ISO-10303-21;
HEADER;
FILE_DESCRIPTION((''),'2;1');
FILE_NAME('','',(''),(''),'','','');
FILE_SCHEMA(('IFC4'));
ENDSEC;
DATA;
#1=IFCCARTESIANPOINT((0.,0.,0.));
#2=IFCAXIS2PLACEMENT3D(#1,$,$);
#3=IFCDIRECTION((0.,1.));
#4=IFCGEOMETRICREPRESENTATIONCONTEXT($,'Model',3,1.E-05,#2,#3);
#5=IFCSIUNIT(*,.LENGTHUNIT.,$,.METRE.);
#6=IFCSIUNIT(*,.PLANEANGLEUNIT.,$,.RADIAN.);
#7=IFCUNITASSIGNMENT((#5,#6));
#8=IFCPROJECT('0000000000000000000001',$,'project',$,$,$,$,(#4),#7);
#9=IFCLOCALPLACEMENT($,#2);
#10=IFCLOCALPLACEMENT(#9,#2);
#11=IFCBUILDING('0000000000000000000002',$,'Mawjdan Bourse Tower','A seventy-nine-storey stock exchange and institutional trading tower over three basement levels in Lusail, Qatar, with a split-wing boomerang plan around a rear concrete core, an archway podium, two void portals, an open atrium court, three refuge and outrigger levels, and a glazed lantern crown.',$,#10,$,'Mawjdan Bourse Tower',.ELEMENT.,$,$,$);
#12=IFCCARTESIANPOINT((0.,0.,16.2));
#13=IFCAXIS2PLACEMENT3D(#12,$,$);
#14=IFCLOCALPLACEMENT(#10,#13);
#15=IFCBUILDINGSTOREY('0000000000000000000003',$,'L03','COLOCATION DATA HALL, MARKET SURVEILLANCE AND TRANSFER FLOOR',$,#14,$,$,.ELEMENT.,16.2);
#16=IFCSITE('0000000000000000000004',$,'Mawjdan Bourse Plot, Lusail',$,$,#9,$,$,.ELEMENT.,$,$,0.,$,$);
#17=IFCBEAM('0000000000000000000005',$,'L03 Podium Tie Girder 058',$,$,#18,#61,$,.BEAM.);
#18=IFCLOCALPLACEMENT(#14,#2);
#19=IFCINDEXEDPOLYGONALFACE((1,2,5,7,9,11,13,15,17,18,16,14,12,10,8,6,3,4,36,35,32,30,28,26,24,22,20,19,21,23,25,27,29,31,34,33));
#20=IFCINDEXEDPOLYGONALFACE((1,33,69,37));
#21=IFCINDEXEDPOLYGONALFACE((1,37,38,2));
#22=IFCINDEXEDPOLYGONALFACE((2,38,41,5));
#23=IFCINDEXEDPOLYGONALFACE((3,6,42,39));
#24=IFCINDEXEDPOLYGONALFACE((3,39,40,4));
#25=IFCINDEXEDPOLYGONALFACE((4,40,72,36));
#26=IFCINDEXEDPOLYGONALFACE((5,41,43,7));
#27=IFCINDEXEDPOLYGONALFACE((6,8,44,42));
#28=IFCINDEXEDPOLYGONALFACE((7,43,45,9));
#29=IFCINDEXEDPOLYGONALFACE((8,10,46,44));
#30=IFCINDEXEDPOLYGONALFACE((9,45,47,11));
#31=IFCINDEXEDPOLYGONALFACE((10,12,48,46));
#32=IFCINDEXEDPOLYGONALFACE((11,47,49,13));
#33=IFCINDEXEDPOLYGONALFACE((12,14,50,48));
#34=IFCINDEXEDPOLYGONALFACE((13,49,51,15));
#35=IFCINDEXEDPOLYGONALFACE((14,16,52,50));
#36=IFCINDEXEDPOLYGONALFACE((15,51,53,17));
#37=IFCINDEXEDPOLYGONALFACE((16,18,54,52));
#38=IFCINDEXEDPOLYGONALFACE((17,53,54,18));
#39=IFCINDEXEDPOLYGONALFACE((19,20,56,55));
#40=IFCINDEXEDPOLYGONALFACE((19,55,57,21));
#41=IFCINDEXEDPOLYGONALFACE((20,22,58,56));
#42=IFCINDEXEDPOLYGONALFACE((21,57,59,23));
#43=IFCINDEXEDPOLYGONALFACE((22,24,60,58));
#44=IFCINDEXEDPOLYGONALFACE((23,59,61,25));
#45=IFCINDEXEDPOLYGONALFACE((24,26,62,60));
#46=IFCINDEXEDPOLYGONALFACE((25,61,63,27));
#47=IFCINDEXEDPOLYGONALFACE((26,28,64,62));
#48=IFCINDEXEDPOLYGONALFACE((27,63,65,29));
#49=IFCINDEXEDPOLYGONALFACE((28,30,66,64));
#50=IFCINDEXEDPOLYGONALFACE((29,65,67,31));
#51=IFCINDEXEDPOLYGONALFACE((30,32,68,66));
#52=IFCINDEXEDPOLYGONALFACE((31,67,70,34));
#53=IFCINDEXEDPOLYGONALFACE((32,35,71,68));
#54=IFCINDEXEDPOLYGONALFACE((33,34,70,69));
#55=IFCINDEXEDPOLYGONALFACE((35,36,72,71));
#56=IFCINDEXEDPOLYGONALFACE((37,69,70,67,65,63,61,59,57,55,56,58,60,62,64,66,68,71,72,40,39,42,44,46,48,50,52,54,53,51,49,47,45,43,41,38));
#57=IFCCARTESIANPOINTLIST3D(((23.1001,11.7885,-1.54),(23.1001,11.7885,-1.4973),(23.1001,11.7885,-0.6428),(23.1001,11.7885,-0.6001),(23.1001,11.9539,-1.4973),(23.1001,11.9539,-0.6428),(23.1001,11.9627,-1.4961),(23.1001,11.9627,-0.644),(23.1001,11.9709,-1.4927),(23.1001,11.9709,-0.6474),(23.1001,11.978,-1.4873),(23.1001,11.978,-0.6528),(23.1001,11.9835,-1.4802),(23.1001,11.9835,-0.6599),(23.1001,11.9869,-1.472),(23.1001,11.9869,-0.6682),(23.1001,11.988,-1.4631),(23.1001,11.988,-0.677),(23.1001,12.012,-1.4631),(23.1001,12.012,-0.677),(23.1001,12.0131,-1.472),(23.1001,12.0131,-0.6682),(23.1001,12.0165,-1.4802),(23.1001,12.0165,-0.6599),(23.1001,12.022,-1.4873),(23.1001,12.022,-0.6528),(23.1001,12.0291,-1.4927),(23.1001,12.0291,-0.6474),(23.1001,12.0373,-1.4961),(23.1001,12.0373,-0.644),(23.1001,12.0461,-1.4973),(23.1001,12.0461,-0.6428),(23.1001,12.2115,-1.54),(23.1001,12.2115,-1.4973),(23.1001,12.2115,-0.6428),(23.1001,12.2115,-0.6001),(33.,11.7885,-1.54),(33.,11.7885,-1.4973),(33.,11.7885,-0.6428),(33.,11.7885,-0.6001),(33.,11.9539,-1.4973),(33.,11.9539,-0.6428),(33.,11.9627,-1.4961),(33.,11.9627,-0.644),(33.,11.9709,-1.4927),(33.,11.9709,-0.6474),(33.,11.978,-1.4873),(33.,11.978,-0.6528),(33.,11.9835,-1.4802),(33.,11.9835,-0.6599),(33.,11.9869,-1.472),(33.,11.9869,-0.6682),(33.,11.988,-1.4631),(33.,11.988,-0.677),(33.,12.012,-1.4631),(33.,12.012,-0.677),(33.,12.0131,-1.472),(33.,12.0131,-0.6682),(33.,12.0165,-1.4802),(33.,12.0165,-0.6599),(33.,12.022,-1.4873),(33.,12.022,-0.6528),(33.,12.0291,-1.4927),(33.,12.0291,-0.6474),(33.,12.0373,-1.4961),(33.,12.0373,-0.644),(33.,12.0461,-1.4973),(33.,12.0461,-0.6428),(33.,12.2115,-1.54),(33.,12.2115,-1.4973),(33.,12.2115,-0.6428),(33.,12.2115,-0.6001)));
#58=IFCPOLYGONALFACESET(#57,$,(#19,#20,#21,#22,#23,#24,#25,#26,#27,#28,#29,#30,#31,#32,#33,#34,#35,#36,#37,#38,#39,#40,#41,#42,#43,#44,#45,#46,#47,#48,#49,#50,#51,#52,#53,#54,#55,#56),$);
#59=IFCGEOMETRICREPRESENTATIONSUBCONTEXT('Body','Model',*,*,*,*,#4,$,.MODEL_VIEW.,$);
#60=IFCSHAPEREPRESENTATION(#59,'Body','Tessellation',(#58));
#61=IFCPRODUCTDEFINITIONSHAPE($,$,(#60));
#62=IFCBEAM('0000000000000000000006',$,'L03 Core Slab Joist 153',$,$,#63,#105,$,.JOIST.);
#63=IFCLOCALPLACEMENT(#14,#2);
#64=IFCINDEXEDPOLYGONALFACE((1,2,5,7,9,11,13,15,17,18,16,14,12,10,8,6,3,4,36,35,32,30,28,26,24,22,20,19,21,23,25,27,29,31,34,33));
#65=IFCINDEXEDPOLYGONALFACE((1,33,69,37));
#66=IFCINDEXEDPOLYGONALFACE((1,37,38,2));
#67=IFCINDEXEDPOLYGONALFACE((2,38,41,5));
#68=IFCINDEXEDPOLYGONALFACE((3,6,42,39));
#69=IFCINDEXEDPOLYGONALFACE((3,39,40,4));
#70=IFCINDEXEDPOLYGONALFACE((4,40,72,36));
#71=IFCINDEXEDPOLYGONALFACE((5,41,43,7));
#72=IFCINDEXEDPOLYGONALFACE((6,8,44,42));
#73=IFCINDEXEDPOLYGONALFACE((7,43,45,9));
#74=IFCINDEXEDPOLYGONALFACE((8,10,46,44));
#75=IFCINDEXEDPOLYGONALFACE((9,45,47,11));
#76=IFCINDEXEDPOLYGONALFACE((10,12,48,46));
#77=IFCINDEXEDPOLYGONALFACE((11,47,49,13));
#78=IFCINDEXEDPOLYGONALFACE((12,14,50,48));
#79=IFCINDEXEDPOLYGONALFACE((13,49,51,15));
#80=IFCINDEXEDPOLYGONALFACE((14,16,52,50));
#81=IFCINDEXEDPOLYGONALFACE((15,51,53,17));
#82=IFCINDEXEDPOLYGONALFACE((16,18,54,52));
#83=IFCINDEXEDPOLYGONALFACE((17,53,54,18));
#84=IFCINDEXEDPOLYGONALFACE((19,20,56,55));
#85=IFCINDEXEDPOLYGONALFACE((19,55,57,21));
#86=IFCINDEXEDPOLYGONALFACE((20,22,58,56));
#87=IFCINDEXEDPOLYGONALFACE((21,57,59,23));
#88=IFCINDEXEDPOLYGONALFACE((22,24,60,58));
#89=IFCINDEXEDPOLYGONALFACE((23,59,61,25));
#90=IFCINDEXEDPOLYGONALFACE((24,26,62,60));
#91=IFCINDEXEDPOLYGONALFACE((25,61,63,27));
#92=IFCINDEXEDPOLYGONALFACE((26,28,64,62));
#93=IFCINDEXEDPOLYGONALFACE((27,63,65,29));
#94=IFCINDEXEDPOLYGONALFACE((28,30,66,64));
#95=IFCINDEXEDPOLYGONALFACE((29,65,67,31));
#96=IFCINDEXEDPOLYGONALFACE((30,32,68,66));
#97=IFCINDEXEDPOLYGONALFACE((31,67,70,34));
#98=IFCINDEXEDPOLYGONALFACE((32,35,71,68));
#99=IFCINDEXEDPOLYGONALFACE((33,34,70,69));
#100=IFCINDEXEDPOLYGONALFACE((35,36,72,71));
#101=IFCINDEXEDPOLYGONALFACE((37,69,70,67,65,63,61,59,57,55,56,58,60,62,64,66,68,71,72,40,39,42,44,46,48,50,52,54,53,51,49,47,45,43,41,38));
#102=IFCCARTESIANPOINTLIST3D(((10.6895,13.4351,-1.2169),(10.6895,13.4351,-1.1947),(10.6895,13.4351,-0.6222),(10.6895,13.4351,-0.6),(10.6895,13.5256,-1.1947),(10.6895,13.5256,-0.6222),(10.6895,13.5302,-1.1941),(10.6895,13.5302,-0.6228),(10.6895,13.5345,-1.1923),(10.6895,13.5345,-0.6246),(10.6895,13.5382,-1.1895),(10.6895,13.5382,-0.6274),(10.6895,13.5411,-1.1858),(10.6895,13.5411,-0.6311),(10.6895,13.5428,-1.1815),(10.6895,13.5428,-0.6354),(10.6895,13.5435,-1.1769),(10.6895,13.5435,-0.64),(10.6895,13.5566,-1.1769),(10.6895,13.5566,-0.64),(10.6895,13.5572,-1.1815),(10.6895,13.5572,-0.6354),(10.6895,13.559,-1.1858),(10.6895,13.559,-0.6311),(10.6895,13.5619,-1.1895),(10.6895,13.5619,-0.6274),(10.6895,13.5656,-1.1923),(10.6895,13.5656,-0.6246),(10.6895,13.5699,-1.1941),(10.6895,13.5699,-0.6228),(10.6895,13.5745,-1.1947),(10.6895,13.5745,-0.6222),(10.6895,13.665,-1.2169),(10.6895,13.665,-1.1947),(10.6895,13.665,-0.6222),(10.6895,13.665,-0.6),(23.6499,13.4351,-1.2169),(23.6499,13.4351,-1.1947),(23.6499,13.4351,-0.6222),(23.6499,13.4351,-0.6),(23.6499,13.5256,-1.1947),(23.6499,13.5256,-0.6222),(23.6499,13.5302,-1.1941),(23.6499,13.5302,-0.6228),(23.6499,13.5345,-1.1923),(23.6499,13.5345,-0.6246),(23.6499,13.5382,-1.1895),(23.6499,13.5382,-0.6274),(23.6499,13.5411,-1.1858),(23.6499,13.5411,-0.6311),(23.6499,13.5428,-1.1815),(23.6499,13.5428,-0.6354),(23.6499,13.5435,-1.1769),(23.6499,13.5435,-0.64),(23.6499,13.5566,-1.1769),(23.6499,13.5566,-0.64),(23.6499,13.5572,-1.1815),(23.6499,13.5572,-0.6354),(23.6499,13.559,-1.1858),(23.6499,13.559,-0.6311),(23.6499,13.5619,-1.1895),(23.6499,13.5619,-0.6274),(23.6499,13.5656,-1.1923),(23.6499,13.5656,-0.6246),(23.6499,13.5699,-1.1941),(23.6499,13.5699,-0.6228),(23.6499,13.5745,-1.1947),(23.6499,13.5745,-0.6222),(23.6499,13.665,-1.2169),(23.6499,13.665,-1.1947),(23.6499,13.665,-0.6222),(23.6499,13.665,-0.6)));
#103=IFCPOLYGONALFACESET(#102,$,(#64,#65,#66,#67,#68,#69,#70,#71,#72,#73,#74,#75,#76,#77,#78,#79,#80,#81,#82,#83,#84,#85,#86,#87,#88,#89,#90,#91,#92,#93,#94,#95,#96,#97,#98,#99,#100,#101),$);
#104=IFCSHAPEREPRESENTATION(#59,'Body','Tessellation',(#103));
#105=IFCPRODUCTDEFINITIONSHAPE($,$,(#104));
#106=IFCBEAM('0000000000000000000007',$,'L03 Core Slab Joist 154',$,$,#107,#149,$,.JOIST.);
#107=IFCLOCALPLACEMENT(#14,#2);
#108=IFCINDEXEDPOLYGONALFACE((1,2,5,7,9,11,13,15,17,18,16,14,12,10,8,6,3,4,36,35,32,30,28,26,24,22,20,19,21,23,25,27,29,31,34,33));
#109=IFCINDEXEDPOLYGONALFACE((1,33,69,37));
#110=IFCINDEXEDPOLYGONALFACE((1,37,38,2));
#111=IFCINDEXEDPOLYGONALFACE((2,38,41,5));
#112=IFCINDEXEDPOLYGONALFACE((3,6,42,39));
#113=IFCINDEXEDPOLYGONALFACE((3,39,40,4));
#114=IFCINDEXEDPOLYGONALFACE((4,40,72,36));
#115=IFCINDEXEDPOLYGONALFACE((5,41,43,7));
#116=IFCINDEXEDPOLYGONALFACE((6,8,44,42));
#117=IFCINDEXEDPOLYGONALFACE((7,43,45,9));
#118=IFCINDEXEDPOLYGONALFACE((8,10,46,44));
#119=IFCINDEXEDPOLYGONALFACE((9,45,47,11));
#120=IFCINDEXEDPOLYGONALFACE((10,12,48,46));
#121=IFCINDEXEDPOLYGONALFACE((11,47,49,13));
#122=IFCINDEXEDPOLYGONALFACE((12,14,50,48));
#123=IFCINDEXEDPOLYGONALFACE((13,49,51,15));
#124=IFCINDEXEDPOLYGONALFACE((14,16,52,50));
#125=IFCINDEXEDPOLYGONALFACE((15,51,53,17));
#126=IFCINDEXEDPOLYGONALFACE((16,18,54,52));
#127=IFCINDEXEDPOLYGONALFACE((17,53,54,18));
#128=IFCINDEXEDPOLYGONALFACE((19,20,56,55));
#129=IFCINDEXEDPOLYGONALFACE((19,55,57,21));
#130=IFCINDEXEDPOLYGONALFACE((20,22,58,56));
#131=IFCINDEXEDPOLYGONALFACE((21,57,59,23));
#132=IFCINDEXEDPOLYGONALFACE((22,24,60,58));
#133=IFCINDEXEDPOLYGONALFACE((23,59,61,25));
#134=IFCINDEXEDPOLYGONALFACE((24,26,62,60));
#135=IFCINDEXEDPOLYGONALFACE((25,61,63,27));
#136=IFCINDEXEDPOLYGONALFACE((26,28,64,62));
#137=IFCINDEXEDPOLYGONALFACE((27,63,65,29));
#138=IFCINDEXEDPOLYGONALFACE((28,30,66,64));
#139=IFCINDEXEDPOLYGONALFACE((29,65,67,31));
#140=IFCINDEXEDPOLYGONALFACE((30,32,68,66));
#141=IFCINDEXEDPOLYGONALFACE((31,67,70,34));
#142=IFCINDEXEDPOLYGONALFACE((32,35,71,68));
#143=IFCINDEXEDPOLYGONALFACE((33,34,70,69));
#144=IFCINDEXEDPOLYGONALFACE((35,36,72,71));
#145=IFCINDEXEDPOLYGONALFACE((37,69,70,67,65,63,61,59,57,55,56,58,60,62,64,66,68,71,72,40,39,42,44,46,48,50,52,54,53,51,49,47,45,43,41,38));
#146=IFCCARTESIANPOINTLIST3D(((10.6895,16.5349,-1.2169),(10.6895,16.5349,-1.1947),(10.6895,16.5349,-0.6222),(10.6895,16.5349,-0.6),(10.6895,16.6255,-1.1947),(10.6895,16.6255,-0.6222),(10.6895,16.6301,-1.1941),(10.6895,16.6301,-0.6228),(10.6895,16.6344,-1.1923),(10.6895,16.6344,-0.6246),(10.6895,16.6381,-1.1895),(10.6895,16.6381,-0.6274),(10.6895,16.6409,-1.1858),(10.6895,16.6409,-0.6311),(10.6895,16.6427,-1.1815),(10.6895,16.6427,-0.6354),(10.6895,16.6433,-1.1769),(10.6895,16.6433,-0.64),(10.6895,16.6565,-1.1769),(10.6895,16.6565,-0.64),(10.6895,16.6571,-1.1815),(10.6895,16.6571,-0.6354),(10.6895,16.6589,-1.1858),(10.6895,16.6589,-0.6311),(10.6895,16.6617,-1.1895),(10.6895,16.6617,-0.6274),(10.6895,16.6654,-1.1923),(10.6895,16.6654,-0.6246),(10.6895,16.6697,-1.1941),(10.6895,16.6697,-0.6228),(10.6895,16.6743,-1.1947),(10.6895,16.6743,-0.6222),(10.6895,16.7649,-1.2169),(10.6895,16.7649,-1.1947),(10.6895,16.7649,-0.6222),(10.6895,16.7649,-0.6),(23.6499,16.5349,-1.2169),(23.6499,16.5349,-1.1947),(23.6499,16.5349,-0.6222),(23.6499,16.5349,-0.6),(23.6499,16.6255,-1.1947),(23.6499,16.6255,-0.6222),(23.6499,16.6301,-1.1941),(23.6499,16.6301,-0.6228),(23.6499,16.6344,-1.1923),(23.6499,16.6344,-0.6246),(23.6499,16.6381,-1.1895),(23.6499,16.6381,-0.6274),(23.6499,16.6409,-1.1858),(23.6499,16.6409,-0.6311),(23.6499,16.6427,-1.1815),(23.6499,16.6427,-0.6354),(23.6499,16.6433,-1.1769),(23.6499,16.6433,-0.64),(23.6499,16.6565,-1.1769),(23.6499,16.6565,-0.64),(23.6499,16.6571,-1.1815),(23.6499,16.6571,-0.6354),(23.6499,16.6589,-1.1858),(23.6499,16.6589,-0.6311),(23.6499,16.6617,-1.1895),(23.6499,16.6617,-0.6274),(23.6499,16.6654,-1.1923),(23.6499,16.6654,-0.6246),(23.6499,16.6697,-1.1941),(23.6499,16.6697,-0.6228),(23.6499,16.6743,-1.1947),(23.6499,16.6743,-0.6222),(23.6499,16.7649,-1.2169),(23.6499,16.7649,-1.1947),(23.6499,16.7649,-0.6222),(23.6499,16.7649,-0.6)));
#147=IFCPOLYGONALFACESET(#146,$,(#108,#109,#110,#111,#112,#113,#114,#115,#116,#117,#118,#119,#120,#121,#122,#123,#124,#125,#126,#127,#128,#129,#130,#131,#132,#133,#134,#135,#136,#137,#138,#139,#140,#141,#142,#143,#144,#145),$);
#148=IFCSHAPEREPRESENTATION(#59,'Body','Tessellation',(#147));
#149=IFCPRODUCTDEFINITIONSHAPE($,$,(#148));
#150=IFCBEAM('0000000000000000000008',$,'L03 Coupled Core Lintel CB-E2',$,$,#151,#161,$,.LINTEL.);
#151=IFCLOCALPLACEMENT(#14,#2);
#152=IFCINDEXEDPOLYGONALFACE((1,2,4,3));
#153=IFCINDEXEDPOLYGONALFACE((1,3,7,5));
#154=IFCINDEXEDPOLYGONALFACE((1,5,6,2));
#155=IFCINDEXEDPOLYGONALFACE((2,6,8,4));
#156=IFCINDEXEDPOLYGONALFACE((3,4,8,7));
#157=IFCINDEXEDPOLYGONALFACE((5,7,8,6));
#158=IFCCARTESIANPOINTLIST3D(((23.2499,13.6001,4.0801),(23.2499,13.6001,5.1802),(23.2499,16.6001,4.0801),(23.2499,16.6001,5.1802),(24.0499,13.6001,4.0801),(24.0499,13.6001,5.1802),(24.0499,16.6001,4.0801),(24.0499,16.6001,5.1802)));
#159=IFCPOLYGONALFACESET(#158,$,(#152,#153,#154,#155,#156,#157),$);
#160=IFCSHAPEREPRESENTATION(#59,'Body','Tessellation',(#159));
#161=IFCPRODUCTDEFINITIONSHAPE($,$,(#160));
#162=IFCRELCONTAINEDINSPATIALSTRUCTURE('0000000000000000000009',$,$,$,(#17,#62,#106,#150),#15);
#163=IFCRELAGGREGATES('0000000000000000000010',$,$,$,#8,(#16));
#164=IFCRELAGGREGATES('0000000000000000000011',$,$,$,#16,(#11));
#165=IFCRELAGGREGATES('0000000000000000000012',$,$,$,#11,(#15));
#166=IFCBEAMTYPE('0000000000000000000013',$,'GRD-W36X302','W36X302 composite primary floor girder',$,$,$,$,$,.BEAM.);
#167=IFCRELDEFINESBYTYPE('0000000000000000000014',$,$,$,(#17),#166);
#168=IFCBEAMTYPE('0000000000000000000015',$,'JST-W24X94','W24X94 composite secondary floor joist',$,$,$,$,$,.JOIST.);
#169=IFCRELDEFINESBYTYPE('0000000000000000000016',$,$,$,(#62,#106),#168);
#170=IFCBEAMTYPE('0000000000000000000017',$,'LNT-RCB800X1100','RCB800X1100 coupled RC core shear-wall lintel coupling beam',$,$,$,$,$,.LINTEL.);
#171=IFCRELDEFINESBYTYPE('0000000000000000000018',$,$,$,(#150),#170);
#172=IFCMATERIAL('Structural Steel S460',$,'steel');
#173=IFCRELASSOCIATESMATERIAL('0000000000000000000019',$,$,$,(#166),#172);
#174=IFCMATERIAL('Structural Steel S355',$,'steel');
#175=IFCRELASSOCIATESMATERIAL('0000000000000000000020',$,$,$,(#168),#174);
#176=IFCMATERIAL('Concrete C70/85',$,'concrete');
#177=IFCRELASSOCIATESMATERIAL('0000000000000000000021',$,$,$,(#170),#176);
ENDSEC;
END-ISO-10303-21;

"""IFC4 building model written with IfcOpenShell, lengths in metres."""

from ifc_helpers import new_model, si_unit, direction, frame, origin, origin_2d, place, context, subcontext, project, spatial, rectangle, i_section, extrude, material, material_profile, profile_set, type_object, element, save


model = new_model("IFC4")

# Units and contexts
model_context = context("Model", 3, precision=1e-05, world=origin(), true_north=direction((0.0, 1.0)))
body_context = subcontext(model_context, "Body", "Model", "MODEL_VIEW")
ifc_project = project(units=[si_unit("LENGTHUNIT", "METRE"), si_unit("PLANEANGLEUNIT", "RADIAN")], contexts=[model_context])

# Site, building, storey
site_placement = place(None, origin())
site = spatial("IfcSite", under=ifc_project, at=site_placement, Name="Mawjdan Bourse Plot, Lusail", CompositionType="ELEMENT", RefElevation=0.0)
building_placement = place(site_placement, origin())
building = spatial("IfcBuilding", under=site, at=building_placement, Name="Mawjdan Bourse Tower", Description="A seventy-nine-storey stock exchange and institutional trading tower over three basement levels in Lusail, Qatar, with a split-wing boomerang plan around a rear concrete core, an archway podium, two void portals, an open atrium court, three refuge and outrigger levels, and a glazed lantern crown.", LongName="Mawjdan Bourse Tower", CompositionType="ELEMENT")
storey_placement = place(building_placement, frame((0.0, 0.0, 16.2)))
storey = spatial("IfcBuildingStorey", under=building, at=storey_placement, Name="L03", Description="COLOCATION DATA HALL, MARKET SURVEILLANCE AND TRANSFER FLOOR", CompositionType="ELEMENT", Elevation=16.2)

# Beams
ifc_material_1 = material(Name="Structural Steel S460", Category="steel")
ifc_material_profile_1 = material_profile(ifc_material_1, i_section(OverallWidth=0.4231, OverallDepth=0.9399, WebThickness=0.0239, FlangeThickness=0.0427, FilletRadius=0.0342, at=origin_2d()), Name="W36X302")
ifc_profile_set_1 = profile_set([ifc_material_profile_1], Name="Structural Steel S460")
beam_type_1 = type_object("IfcBeamType", Name="GRD-W36X302", Description="W36X302 composite primary floor girder", PredefinedType="BEAM", material=ifc_profile_set_1)
beam_1_placement = place(storey_placement, frame((23.1001, 12.0, -1.0701), z_axis=(1.0, 0.0, 0.0), x_axis=(0.0, 1.0, 0.0)))
element("IfcBeam", 1, at=beam_1_placement, inside=storey, type_object=beam_type_1, Name="L03 Podium Tie Girder 058", PredefinedType="BEAM", context=body_context, shape_type="SweptSolid", body=[
    extrude(i_section(OverallWidth=0.4231, OverallDepth=0.9399, WebThickness=0.0239, FlangeThickness=0.0427, FilletRadius=0.0342, at=origin_2d()), origin(), (0.0, 0.0, 1.0), 9.8999),
])
ifc_material_2 = material(Name="Structural Steel S355", Category="steel")
ifc_material_profile_2 = material_profile(ifc_material_2, i_section(OverallWidth=0.23, OverallDepth=0.6169, WebThickness=0.0132, FlangeThickness=0.0222, FilletRadius=0.0178, at=origin_2d()), Name="W24X94")
ifc_profile_set_2 = profile_set([ifc_material_profile_2], Name="Structural Steel S355")
beam_type_2 = type_object("IfcBeamType", Name="JST-W24X94", Description="W24X94 composite secondary floor joist", PredefinedType="JOIST", material=ifc_profile_set_2)
for number, where, z_axis, x_axis, name in (
    (2, (10.6895, 13.55, -0.9084), (1.0, 0.0, 0.0), (0.0, 1.0, 0.0), "L03 Core Slab Joist 153"),
    (3, (10.6895, 16.6499, -0.9084), (1.0, 0.0, 0.0), (0.0, 1.0, 0.0), "L03 Core Slab Joist 154"),
):
    element("IfcBeam", number, at=place(storey_placement, frame(where, z_axis=z_axis, x_axis=x_axis)), inside=storey, type_object=beam_type_2, Name=name, PredefinedType="JOIST", context=body_context, shape_type="SweptSolid", body=[
        extrude(i_section(OverallWidth=0.23, OverallDepth=0.6169, WebThickness=0.0132, FlangeThickness=0.0222, FilletRadius=0.0178, at=origin_2d()), origin(), (0.0, 0.0, 1.0), 12.9604),
    ])
ifc_material_3 = material(Name="Concrete C70/85", Category="concrete")
ifc_material_profile_3 = material_profile(ifc_material_3, rectangle(XDim=0.8, YDim=1.1001, at=origin_2d()), Name="RCB800X1100")
ifc_profile_set_3 = profile_set([ifc_material_profile_3], Name="Concrete C70/85")
beam_type_3 = type_object("IfcBeamType", Name="LNT-RCB800X1100", Description="RCB800X1100 coupled RC core shear-wall lintel coupling beam", PredefinedType="LINTEL", material=ifc_profile_set_3)
beam_2_placement = place(storey_placement, frame((23.6499, 13.6001, 4.6301), z_axis=(0.0, 1.0, 0.0), x_axis=(-1.0, 0.0, 0.0)))
element("IfcBeam", 4, at=beam_2_placement, inside=storey, type_object=beam_type_3, Name="L03 Coupled Core Lintel CB-E2", PredefinedType="LINTEL", context=body_context, shape_type="SweptSolid", body=[
    extrude(rectangle(XDim=0.8, YDim=1.1001, at=origin_2d()), origin(), (0.0, 0.0, 1.0), 3.0),
])

save(model, "model.ifc")
